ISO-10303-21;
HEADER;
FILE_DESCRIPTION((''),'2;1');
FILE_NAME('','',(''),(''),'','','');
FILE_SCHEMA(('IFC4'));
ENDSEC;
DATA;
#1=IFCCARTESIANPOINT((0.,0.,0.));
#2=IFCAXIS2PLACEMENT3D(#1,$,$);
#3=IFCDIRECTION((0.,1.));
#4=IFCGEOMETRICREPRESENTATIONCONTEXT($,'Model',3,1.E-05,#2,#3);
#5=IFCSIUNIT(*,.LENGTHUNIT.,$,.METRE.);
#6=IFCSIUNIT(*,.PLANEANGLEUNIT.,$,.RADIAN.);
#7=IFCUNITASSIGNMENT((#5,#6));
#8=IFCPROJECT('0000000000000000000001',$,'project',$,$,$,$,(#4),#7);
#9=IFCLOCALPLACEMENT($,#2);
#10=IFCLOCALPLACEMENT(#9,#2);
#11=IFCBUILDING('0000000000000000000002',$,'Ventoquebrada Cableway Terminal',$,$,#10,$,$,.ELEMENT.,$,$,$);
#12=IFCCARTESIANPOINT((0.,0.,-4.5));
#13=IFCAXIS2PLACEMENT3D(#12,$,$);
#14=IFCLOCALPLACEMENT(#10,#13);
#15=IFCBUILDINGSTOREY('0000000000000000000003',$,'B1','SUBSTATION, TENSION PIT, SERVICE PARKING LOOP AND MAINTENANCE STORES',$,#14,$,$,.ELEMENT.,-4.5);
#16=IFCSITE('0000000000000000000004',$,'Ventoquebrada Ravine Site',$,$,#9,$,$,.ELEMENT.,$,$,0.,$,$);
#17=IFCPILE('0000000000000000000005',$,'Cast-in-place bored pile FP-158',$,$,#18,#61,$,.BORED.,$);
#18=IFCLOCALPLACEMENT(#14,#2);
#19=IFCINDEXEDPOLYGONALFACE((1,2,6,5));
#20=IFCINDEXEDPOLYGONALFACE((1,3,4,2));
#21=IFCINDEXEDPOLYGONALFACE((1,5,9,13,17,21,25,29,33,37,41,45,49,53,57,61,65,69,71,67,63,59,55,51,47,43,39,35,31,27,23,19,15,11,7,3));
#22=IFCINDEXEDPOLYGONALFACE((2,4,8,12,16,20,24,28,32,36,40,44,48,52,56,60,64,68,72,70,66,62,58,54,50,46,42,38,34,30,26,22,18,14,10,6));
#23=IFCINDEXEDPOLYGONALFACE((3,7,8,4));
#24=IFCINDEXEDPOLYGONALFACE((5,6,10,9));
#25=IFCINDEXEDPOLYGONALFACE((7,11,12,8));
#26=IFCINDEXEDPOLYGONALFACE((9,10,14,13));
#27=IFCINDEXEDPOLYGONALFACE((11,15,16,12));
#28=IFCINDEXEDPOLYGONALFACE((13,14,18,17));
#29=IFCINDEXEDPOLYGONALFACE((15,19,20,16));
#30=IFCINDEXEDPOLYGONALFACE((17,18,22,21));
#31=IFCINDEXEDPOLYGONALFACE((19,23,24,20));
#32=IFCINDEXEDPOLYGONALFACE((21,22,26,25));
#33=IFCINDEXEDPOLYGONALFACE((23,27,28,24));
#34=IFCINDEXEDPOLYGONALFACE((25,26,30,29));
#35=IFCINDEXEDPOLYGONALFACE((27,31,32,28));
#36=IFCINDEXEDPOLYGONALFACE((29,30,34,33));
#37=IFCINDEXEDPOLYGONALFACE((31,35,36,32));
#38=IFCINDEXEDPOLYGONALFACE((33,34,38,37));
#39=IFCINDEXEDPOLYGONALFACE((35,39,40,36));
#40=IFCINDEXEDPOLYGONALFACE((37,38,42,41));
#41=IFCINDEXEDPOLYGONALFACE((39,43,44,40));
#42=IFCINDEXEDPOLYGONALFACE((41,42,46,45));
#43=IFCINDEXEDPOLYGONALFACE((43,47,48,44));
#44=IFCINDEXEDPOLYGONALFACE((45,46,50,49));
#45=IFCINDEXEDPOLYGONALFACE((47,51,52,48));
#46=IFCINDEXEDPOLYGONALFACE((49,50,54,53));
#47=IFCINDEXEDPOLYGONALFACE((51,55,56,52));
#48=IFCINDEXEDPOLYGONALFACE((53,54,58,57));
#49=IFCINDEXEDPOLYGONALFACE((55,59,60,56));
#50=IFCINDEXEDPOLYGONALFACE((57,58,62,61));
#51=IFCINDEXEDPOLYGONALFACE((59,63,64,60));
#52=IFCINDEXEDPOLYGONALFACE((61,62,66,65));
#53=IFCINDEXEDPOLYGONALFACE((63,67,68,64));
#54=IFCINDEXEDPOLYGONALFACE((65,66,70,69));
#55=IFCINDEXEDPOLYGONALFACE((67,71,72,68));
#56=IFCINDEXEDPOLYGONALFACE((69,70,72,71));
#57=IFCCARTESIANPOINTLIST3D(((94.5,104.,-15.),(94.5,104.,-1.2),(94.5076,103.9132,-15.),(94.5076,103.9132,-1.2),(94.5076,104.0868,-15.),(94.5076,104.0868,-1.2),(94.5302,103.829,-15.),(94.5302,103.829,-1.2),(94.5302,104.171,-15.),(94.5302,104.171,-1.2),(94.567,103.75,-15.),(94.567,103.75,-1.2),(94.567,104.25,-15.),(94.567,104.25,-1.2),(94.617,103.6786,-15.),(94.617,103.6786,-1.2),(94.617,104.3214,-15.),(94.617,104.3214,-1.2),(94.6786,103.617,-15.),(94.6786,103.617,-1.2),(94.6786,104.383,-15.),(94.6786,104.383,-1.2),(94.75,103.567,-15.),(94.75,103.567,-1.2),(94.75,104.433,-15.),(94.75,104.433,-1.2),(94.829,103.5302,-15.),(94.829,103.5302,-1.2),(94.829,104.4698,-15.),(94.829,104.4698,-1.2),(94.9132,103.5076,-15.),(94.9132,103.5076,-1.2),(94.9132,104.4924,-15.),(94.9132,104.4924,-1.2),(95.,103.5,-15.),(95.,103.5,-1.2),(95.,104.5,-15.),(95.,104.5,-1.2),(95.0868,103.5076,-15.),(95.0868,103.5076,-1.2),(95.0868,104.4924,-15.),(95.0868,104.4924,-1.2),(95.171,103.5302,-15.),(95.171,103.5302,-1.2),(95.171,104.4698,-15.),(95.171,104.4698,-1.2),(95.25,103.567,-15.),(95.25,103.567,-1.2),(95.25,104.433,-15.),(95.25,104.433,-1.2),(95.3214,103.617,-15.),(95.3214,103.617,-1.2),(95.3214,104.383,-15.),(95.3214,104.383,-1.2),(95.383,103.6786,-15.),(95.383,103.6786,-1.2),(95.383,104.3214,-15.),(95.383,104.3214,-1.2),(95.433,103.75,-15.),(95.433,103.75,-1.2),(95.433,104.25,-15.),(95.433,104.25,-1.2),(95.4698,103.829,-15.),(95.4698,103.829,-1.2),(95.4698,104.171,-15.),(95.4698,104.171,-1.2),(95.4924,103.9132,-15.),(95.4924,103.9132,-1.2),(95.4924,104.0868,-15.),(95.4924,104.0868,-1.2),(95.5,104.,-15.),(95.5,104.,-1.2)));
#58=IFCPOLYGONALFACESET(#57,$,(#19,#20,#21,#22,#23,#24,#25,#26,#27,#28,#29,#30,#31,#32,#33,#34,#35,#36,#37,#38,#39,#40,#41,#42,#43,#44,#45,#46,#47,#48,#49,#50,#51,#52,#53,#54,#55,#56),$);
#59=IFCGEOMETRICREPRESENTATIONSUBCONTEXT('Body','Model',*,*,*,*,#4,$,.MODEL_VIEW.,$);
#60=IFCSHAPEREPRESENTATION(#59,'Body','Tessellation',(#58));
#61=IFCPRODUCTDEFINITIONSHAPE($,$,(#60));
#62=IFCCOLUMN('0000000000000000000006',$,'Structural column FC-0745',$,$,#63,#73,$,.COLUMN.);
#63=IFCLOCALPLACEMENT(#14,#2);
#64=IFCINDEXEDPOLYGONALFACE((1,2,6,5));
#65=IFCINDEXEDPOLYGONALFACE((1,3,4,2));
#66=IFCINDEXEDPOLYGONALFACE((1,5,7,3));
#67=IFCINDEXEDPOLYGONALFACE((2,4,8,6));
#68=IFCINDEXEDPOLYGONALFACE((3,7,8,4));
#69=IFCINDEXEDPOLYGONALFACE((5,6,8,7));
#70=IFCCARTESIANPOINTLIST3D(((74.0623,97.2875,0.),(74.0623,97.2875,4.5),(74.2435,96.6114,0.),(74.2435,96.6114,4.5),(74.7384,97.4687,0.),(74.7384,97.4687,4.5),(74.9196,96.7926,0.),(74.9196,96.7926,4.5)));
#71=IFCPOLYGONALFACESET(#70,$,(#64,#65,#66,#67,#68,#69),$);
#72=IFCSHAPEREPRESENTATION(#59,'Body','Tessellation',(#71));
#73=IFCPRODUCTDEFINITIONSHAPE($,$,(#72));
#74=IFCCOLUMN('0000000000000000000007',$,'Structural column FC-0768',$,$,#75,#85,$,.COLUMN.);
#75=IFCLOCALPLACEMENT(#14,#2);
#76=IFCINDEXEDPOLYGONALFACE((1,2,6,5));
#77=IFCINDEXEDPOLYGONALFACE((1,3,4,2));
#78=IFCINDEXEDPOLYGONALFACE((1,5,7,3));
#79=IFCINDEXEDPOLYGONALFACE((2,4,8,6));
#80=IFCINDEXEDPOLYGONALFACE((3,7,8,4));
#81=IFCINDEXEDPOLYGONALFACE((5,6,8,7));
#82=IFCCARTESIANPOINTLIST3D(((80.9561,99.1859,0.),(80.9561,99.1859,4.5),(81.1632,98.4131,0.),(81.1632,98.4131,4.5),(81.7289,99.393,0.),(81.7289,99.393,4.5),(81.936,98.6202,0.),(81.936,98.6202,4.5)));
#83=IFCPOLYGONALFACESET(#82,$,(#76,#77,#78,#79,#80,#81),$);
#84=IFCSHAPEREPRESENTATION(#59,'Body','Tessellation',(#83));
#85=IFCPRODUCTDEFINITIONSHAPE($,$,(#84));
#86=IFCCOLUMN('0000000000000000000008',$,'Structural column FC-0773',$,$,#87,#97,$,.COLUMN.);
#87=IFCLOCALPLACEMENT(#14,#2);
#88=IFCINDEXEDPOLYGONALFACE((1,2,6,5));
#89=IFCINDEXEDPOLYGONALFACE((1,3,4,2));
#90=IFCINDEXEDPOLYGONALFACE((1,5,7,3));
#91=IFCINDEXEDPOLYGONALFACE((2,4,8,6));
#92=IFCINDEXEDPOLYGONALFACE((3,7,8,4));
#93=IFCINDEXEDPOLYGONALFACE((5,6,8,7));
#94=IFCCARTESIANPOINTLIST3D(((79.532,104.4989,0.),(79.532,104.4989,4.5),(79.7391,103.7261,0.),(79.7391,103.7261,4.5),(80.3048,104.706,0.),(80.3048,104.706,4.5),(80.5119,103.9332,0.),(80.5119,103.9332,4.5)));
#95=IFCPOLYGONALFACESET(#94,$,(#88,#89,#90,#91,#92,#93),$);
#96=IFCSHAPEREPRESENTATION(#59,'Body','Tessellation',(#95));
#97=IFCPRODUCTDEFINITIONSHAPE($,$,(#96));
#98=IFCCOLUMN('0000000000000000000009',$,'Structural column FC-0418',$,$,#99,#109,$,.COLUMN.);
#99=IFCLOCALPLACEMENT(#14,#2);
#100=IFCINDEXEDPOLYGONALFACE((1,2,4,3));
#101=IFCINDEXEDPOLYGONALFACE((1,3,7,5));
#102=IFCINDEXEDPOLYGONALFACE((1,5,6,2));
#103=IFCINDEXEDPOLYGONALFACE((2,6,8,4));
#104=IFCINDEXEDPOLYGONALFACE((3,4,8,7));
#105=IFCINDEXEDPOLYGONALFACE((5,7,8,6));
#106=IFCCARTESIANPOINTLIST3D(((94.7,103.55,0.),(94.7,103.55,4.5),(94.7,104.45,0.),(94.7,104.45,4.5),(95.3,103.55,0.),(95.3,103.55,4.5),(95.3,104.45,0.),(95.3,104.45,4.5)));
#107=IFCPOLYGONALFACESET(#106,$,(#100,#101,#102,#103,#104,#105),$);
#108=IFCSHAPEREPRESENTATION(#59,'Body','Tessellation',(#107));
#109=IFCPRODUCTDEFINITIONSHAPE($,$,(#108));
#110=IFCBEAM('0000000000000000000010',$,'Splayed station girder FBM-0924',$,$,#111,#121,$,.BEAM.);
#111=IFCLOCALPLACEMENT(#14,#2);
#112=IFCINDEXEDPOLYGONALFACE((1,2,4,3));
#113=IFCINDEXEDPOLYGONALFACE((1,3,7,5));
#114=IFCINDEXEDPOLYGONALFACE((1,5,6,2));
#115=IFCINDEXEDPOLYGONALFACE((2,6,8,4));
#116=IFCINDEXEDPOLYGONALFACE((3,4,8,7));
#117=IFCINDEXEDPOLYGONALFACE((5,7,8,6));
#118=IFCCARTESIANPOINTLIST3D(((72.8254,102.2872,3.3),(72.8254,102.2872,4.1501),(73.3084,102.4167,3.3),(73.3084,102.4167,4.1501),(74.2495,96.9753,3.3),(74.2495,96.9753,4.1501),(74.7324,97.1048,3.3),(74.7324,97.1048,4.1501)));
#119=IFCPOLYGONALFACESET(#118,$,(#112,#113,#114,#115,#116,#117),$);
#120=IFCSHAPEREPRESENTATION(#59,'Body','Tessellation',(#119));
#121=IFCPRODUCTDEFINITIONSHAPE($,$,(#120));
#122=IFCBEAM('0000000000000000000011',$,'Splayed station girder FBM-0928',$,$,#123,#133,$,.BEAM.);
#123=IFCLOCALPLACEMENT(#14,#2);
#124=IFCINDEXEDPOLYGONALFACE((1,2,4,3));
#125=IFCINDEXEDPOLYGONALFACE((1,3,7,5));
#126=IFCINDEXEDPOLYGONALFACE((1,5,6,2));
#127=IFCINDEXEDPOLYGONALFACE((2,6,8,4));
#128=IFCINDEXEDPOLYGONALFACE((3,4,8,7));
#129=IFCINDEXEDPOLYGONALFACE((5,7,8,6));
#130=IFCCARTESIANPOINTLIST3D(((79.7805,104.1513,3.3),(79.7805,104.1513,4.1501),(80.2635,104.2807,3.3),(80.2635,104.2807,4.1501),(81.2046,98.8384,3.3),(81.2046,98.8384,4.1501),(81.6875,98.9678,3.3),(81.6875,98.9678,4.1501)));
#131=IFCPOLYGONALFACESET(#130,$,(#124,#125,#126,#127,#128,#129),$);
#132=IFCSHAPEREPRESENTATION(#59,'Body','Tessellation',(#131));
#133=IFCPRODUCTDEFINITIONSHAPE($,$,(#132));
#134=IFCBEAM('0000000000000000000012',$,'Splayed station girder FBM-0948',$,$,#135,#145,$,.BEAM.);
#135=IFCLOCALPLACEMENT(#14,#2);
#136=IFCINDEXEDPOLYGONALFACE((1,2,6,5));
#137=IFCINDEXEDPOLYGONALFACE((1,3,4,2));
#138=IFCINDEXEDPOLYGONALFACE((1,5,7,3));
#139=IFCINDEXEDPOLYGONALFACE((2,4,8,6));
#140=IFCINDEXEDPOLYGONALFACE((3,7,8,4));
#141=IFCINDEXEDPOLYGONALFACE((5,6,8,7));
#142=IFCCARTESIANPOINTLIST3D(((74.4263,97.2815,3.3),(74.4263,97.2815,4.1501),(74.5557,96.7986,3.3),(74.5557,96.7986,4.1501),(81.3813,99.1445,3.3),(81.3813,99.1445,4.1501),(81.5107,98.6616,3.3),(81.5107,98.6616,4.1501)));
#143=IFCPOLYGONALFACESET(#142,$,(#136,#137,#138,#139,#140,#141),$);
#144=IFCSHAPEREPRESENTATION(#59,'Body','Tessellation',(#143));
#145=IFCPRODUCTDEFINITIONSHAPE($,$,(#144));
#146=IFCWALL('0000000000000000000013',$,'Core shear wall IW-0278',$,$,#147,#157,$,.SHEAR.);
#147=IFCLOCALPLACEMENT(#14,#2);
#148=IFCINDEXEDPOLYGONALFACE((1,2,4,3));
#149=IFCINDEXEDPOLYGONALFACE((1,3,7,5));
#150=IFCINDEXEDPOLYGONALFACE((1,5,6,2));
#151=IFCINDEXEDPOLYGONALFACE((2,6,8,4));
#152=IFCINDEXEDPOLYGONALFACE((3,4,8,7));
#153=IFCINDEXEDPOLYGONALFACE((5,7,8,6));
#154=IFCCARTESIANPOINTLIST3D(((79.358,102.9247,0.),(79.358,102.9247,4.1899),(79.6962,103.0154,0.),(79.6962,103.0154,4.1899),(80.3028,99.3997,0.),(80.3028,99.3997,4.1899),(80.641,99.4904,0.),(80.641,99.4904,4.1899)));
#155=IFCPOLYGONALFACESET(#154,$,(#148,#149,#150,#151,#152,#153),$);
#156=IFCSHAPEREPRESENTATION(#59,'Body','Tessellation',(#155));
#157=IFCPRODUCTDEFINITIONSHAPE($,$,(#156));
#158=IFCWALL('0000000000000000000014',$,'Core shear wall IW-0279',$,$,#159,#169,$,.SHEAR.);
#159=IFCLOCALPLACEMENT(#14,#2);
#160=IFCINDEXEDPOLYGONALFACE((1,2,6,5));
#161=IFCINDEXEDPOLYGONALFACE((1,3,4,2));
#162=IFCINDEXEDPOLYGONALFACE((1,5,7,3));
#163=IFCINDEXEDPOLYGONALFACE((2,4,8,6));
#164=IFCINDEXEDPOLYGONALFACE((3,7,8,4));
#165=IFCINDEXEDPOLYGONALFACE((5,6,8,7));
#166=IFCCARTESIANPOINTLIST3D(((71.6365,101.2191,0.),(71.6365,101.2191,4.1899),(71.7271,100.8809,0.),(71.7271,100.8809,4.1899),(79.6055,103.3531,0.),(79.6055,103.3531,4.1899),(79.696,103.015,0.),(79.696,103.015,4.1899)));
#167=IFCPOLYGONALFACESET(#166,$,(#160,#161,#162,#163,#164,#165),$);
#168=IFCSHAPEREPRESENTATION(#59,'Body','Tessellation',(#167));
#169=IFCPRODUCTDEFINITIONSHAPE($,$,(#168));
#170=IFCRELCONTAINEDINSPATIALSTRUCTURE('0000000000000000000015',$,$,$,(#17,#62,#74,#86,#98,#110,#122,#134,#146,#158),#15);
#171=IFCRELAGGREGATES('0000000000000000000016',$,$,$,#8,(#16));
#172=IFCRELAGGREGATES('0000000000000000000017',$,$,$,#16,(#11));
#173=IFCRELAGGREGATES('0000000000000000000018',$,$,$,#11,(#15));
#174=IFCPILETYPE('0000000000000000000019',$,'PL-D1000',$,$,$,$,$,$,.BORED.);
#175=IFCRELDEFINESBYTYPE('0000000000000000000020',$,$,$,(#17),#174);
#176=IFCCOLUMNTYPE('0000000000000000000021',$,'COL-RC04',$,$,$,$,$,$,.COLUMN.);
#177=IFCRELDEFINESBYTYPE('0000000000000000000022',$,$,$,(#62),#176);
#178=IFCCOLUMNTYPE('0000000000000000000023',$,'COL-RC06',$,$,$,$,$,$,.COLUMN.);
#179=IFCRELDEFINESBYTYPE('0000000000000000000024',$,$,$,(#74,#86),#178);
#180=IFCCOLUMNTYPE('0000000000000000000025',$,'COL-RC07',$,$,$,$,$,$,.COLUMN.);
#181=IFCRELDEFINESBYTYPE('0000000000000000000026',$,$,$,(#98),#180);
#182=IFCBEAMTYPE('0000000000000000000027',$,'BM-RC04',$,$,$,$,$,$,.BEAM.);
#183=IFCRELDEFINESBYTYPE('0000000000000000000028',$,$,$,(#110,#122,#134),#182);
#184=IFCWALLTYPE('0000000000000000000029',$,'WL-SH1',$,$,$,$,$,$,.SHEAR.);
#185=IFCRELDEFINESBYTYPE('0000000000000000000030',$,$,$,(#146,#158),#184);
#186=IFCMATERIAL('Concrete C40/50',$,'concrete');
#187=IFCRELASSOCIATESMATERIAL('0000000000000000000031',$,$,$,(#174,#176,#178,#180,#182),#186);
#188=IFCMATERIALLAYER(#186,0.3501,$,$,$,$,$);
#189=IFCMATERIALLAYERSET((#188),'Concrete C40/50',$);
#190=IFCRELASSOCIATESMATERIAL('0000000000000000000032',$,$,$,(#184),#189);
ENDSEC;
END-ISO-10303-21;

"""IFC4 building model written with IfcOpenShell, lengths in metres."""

from ifc_helpers import new_model, si_unit, direction, frame, frame_2d, origin, origin_2d, place, context, subcontext, project, spatial, rectangle, circle, extrude, material, layer, layer_set, material_profile, profile_set, type_object, element, save


model = new_model("IFC4")

# Units and contexts
model_context = context("Model", 3, precision=1e-05, world=origin(), true_north=direction((0.0, 1.0)))
body_context = subcontext(model_context, "Body", "Model", "MODEL_VIEW")
ifc_project = project(units=[si_unit("LENGTHUNIT", "METRE"), si_unit("PLANEANGLEUNIT", "RADIAN")], contexts=[model_context])

# Site, building, storey
site_placement = place(None, origin())
site = spatial("IfcSite", under=ifc_project, at=site_placement, Name="Ventoquebrada Ravine Site", CompositionType="ELEMENT", RefElevation=0.0)
building_placement = place(site_placement, origin())
building = spatial("IfcBuilding", under=site, at=building_placement, Name="Ventoquebrada Cableway Terminal", CompositionType="ELEMENT")
storey_placement = place(building_placement, frame((0.0, 0.0, -4.5)))
storey = spatial("IfcBuildingStorey", under=building, at=storey_placement, Name="B1", Description="SUBSTATION, TENSION PIT, SERVICE PARKING LOOP AND MAINTENANCE STORES", CompositionType="ELEMENT", Elevation=-4.5)

# Shared definitions
ifc_material = material(Name="Concrete C40/50", Category="concrete")

# Pile
ifc_material_profile_1 = material_profile(ifc_material, circle(Radius=0.5, at=origin_2d()), Name="PILE-D1000")
ifc_profile_set_1 = profile_set([ifc_material_profile_1], Name="Concrete C40/50")
pile_type = type_object("IfcPileType", Name="PL-D1000", PredefinedType="BORED", material=ifc_profile_set_1)
pile_1_placement = place(storey_placement, frame((95.0, 104.0, -1.2), z_axis=(0.0, 0.0, -1.0), x_axis=(1.0, 0.0, 0.0)))
element("IfcPile", 1, at=pile_1_placement, inside=storey, type_object=pile_type, Name="Cast-in-place bored pile FP-158", PredefinedType="BORED", context=body_context, shape_type="SweptSolid", body=[
    extrude(circle(Radius=0.5, at=origin_2d()), origin(), (0.0, 0.0, 1.0), 13.8),
])

# Columns
ifc_material_profile_2 = material_profile(ifc_material, rectangle(XDim=0.7, YDim=0.7, at=origin_2d()), Name="RC-COL-700X700")
ifc_profile_set_2 = profile_set([ifc_material_profile_2], Name="Concrete C40/50")
column_type_1 = type_object("IfcColumnType", Name="COL-RC04", PredefinedType="COLUMN", material=ifc_profile_set_2)
column_1_placement = place(storey_placement, frame((74.491, 97.04, 0.0), z_axis=(0.0, 0.0, 1.0), x_axis=(0.965926, 0.258819, 0.0)))
element("IfcColumn", 2, at=column_1_placement, inside=storey, type_object=column_type_1, Name="Structural column FC-0745", PredefinedType="COLUMN", context=body_context, shape_type="SweptSolid", body=[
    extrude(rectangle(XDim=0.7, YDim=0.7, at=origin_2d()), origin(), (0.0, 0.0, 1.0), 4.5),
])
ifc_material_profile_3 = material_profile(ifc_material, rectangle(XDim=0.8, YDim=0.8, at=origin_2d()), Name="RC-COL-800X800")
ifc_profile_set_3 = profile_set([ifc_material_profile_3], Name="Concrete C40/50")
column_type_2 = type_object("IfcColumnType", Name="COL-RC06", PredefinedType="COLUMN", material=ifc_profile_set_3)
for number, where, z_axis, x_axis, name in (
    (3, (81.446, 98.9031, 0.0), (0.0, 0.0, 1.0), (0.965926, 0.258819, 0.0), "Structural column FC-0768"),
    (4, (80.022, 104.2161, 0.0), (0.0, 0.0, 1.0), (0.965926, 0.258819, 0.0), "Structural column FC-0773"),
):
    element("IfcColumn", number, at=place(storey_placement, frame(where, z_axis=z_axis, x_axis=x_axis)), inside=storey, type_object=column_type_2, Name=name, PredefinedType="COLUMN", context=body_context, shape_type="SweptSolid", body=[
        extrude(rectangle(XDim=0.8, YDim=0.8, at=origin_2d()), origin(), (0.0, 0.0, 1.0), 4.5),
    ])
ifc_material_profile_4 = material_profile(ifc_material, rectangle(XDim=0.6001, YDim=0.8999, at=origin_2d()), Name="RC-COL-900X600")
ifc_profile_set_4 = profile_set([ifc_material_profile_4], Name="Concrete C40/50")
column_type_3 = type_object("IfcColumnType", Name="COL-RC07", PredefinedType="COLUMN", material=ifc_profile_set_4)
column_2_placement = place(storey_placement, frame((95.0, 104.0, 0.0), z_axis=(0.0, 0.0, 1.0), x_axis=(1.0, 0.0, 0.0)))
element("IfcColumn", 5, at=column_2_placement, inside=storey, type_object=column_type_3, Name="Structural column FC-0418", PredefinedType="COLUMN", context=body_context, shape_type="SweptSolid", body=[
    extrude(rectangle(XDim=0.6001, YDim=0.8999, at=origin_2d()), origin(), (0.0, 0.0, 1.0), 4.5),
])

# Beams
ifc_material_profile_5 = material_profile(ifc_material, rectangle(XDim=0.5, YDim=0.8501, at=origin_2d()), Name="RC-BM-500X850")
ifc_profile_set_5 = profile_set([ifc_material_profile_5], Name="Concrete C40/50")
beam_type = type_object("IfcBeamType", Name="BM-RC04", PredefinedType="BEAM", material=ifc_profile_set_5)
beam_1_placement = place(storey_placement, frame((74.491, 97.04, 3.7251), z_axis=(-0.258942, 0.965893, 0.0), x_axis=(-0.965893, -0.258942, 0.0)))
element("IfcBeam", 6, at=beam_1_placement, inside=storey, type_object=beam_type, Name="Splayed station girder FBM-0924", PredefinedType="BEAM", context=body_context, shape_type="SweptSolid", body=[
    extrude(rectangle(XDim=0.5, YDim=0.8501, at=origin_2d()), origin(), (0.0, 0.0, 1.0), 5.4995),
])
beam_2_placement = place(storey_placement, frame((81.446, 98.9031, 3.7251), z_axis=(-0.258897, 0.965905, 0.0), x_axis=(-0.965905, -0.258897, 0.0)))
element("IfcBeam", 7, at=beam_2_placement, inside=storey, type_object=beam_type, Name="Splayed station girder FBM-0928", PredefinedType="BEAM", context=body_context, shape_type="SweptSolid", body=[
    extrude(rectangle(XDim=0.5, YDim=0.8501, at=origin_2d()), origin(), (0.0, 0.0, 1.0), 5.5005),
])
beam_3_placement = place(storey_placement, frame((74.491, 97.04, 3.7251), z_axis=(0.965946, 0.258745, 0.0), x_axis=(-0.258745, 0.965946, 0.0)))
element("IfcBeam", 8, at=beam_3_placement, inside=storey, type_object=beam_type, Name="Splayed station girder FBM-0948", PredefinedType="BEAM", context=body_context, shape_type="SweptSolid", body=[
    extrude(rectangle(XDim=0.5, YDim=0.8501, at=origin_2d()), origin(), (0.0, 0.0, 1.0), 7.2002),
])

# Walls
ifc_layer = layer(ifc_material, 0.3501)
ifc_layer_set = layer_set([ifc_layer], Name="Concrete C40/50")
wall_type = type_object("IfcWallType", Name="WL-SH1", PredefinedType="SHEAR", material=ifc_layer_set)
wall_1_placement = place(storey_placement, frame((80.4719, 99.4451, 0.0), z_axis=(0.0, 0.0, 1.0), x_axis=(-0.258903, 0.965903, 0.0)))
element("IfcWall", 9, at=wall_1_placement, inside=storey, type_object=wall_type, Name="Core shear wall IW-0278", PredefinedType="SHEAR", context=body_context, shape_type="SweptSolid", body=[
    extrude(rectangle(XDim=3.6494, YDim=0.3501, at=frame_2d((1.8247, 0.0))), origin(), (0.0, 0.0, 1.0), 4.1899),
])
wall_2_placement = place(storey_placement, frame((79.6509, 103.1841, 0.0), z_axis=(0.0, 0.0, 1.0), x_axis=(-0.965964, -0.258677, 0.0)))
element("IfcWall", 10, at=wall_2_placement, inside=storey, type_object=wall_type, Name="Core shear wall IW-0279", PredefinedType="SHEAR", context=body_context, shape_type="SweptSolid", body=[
    extrude(rectangle(XDim=8.2498, YDim=0.3501, at=frame_2d((4.125, 0.0))), origin(), (0.0, 0.0, 1.0), 4.1899),
])

save(model, "model.ifc")
